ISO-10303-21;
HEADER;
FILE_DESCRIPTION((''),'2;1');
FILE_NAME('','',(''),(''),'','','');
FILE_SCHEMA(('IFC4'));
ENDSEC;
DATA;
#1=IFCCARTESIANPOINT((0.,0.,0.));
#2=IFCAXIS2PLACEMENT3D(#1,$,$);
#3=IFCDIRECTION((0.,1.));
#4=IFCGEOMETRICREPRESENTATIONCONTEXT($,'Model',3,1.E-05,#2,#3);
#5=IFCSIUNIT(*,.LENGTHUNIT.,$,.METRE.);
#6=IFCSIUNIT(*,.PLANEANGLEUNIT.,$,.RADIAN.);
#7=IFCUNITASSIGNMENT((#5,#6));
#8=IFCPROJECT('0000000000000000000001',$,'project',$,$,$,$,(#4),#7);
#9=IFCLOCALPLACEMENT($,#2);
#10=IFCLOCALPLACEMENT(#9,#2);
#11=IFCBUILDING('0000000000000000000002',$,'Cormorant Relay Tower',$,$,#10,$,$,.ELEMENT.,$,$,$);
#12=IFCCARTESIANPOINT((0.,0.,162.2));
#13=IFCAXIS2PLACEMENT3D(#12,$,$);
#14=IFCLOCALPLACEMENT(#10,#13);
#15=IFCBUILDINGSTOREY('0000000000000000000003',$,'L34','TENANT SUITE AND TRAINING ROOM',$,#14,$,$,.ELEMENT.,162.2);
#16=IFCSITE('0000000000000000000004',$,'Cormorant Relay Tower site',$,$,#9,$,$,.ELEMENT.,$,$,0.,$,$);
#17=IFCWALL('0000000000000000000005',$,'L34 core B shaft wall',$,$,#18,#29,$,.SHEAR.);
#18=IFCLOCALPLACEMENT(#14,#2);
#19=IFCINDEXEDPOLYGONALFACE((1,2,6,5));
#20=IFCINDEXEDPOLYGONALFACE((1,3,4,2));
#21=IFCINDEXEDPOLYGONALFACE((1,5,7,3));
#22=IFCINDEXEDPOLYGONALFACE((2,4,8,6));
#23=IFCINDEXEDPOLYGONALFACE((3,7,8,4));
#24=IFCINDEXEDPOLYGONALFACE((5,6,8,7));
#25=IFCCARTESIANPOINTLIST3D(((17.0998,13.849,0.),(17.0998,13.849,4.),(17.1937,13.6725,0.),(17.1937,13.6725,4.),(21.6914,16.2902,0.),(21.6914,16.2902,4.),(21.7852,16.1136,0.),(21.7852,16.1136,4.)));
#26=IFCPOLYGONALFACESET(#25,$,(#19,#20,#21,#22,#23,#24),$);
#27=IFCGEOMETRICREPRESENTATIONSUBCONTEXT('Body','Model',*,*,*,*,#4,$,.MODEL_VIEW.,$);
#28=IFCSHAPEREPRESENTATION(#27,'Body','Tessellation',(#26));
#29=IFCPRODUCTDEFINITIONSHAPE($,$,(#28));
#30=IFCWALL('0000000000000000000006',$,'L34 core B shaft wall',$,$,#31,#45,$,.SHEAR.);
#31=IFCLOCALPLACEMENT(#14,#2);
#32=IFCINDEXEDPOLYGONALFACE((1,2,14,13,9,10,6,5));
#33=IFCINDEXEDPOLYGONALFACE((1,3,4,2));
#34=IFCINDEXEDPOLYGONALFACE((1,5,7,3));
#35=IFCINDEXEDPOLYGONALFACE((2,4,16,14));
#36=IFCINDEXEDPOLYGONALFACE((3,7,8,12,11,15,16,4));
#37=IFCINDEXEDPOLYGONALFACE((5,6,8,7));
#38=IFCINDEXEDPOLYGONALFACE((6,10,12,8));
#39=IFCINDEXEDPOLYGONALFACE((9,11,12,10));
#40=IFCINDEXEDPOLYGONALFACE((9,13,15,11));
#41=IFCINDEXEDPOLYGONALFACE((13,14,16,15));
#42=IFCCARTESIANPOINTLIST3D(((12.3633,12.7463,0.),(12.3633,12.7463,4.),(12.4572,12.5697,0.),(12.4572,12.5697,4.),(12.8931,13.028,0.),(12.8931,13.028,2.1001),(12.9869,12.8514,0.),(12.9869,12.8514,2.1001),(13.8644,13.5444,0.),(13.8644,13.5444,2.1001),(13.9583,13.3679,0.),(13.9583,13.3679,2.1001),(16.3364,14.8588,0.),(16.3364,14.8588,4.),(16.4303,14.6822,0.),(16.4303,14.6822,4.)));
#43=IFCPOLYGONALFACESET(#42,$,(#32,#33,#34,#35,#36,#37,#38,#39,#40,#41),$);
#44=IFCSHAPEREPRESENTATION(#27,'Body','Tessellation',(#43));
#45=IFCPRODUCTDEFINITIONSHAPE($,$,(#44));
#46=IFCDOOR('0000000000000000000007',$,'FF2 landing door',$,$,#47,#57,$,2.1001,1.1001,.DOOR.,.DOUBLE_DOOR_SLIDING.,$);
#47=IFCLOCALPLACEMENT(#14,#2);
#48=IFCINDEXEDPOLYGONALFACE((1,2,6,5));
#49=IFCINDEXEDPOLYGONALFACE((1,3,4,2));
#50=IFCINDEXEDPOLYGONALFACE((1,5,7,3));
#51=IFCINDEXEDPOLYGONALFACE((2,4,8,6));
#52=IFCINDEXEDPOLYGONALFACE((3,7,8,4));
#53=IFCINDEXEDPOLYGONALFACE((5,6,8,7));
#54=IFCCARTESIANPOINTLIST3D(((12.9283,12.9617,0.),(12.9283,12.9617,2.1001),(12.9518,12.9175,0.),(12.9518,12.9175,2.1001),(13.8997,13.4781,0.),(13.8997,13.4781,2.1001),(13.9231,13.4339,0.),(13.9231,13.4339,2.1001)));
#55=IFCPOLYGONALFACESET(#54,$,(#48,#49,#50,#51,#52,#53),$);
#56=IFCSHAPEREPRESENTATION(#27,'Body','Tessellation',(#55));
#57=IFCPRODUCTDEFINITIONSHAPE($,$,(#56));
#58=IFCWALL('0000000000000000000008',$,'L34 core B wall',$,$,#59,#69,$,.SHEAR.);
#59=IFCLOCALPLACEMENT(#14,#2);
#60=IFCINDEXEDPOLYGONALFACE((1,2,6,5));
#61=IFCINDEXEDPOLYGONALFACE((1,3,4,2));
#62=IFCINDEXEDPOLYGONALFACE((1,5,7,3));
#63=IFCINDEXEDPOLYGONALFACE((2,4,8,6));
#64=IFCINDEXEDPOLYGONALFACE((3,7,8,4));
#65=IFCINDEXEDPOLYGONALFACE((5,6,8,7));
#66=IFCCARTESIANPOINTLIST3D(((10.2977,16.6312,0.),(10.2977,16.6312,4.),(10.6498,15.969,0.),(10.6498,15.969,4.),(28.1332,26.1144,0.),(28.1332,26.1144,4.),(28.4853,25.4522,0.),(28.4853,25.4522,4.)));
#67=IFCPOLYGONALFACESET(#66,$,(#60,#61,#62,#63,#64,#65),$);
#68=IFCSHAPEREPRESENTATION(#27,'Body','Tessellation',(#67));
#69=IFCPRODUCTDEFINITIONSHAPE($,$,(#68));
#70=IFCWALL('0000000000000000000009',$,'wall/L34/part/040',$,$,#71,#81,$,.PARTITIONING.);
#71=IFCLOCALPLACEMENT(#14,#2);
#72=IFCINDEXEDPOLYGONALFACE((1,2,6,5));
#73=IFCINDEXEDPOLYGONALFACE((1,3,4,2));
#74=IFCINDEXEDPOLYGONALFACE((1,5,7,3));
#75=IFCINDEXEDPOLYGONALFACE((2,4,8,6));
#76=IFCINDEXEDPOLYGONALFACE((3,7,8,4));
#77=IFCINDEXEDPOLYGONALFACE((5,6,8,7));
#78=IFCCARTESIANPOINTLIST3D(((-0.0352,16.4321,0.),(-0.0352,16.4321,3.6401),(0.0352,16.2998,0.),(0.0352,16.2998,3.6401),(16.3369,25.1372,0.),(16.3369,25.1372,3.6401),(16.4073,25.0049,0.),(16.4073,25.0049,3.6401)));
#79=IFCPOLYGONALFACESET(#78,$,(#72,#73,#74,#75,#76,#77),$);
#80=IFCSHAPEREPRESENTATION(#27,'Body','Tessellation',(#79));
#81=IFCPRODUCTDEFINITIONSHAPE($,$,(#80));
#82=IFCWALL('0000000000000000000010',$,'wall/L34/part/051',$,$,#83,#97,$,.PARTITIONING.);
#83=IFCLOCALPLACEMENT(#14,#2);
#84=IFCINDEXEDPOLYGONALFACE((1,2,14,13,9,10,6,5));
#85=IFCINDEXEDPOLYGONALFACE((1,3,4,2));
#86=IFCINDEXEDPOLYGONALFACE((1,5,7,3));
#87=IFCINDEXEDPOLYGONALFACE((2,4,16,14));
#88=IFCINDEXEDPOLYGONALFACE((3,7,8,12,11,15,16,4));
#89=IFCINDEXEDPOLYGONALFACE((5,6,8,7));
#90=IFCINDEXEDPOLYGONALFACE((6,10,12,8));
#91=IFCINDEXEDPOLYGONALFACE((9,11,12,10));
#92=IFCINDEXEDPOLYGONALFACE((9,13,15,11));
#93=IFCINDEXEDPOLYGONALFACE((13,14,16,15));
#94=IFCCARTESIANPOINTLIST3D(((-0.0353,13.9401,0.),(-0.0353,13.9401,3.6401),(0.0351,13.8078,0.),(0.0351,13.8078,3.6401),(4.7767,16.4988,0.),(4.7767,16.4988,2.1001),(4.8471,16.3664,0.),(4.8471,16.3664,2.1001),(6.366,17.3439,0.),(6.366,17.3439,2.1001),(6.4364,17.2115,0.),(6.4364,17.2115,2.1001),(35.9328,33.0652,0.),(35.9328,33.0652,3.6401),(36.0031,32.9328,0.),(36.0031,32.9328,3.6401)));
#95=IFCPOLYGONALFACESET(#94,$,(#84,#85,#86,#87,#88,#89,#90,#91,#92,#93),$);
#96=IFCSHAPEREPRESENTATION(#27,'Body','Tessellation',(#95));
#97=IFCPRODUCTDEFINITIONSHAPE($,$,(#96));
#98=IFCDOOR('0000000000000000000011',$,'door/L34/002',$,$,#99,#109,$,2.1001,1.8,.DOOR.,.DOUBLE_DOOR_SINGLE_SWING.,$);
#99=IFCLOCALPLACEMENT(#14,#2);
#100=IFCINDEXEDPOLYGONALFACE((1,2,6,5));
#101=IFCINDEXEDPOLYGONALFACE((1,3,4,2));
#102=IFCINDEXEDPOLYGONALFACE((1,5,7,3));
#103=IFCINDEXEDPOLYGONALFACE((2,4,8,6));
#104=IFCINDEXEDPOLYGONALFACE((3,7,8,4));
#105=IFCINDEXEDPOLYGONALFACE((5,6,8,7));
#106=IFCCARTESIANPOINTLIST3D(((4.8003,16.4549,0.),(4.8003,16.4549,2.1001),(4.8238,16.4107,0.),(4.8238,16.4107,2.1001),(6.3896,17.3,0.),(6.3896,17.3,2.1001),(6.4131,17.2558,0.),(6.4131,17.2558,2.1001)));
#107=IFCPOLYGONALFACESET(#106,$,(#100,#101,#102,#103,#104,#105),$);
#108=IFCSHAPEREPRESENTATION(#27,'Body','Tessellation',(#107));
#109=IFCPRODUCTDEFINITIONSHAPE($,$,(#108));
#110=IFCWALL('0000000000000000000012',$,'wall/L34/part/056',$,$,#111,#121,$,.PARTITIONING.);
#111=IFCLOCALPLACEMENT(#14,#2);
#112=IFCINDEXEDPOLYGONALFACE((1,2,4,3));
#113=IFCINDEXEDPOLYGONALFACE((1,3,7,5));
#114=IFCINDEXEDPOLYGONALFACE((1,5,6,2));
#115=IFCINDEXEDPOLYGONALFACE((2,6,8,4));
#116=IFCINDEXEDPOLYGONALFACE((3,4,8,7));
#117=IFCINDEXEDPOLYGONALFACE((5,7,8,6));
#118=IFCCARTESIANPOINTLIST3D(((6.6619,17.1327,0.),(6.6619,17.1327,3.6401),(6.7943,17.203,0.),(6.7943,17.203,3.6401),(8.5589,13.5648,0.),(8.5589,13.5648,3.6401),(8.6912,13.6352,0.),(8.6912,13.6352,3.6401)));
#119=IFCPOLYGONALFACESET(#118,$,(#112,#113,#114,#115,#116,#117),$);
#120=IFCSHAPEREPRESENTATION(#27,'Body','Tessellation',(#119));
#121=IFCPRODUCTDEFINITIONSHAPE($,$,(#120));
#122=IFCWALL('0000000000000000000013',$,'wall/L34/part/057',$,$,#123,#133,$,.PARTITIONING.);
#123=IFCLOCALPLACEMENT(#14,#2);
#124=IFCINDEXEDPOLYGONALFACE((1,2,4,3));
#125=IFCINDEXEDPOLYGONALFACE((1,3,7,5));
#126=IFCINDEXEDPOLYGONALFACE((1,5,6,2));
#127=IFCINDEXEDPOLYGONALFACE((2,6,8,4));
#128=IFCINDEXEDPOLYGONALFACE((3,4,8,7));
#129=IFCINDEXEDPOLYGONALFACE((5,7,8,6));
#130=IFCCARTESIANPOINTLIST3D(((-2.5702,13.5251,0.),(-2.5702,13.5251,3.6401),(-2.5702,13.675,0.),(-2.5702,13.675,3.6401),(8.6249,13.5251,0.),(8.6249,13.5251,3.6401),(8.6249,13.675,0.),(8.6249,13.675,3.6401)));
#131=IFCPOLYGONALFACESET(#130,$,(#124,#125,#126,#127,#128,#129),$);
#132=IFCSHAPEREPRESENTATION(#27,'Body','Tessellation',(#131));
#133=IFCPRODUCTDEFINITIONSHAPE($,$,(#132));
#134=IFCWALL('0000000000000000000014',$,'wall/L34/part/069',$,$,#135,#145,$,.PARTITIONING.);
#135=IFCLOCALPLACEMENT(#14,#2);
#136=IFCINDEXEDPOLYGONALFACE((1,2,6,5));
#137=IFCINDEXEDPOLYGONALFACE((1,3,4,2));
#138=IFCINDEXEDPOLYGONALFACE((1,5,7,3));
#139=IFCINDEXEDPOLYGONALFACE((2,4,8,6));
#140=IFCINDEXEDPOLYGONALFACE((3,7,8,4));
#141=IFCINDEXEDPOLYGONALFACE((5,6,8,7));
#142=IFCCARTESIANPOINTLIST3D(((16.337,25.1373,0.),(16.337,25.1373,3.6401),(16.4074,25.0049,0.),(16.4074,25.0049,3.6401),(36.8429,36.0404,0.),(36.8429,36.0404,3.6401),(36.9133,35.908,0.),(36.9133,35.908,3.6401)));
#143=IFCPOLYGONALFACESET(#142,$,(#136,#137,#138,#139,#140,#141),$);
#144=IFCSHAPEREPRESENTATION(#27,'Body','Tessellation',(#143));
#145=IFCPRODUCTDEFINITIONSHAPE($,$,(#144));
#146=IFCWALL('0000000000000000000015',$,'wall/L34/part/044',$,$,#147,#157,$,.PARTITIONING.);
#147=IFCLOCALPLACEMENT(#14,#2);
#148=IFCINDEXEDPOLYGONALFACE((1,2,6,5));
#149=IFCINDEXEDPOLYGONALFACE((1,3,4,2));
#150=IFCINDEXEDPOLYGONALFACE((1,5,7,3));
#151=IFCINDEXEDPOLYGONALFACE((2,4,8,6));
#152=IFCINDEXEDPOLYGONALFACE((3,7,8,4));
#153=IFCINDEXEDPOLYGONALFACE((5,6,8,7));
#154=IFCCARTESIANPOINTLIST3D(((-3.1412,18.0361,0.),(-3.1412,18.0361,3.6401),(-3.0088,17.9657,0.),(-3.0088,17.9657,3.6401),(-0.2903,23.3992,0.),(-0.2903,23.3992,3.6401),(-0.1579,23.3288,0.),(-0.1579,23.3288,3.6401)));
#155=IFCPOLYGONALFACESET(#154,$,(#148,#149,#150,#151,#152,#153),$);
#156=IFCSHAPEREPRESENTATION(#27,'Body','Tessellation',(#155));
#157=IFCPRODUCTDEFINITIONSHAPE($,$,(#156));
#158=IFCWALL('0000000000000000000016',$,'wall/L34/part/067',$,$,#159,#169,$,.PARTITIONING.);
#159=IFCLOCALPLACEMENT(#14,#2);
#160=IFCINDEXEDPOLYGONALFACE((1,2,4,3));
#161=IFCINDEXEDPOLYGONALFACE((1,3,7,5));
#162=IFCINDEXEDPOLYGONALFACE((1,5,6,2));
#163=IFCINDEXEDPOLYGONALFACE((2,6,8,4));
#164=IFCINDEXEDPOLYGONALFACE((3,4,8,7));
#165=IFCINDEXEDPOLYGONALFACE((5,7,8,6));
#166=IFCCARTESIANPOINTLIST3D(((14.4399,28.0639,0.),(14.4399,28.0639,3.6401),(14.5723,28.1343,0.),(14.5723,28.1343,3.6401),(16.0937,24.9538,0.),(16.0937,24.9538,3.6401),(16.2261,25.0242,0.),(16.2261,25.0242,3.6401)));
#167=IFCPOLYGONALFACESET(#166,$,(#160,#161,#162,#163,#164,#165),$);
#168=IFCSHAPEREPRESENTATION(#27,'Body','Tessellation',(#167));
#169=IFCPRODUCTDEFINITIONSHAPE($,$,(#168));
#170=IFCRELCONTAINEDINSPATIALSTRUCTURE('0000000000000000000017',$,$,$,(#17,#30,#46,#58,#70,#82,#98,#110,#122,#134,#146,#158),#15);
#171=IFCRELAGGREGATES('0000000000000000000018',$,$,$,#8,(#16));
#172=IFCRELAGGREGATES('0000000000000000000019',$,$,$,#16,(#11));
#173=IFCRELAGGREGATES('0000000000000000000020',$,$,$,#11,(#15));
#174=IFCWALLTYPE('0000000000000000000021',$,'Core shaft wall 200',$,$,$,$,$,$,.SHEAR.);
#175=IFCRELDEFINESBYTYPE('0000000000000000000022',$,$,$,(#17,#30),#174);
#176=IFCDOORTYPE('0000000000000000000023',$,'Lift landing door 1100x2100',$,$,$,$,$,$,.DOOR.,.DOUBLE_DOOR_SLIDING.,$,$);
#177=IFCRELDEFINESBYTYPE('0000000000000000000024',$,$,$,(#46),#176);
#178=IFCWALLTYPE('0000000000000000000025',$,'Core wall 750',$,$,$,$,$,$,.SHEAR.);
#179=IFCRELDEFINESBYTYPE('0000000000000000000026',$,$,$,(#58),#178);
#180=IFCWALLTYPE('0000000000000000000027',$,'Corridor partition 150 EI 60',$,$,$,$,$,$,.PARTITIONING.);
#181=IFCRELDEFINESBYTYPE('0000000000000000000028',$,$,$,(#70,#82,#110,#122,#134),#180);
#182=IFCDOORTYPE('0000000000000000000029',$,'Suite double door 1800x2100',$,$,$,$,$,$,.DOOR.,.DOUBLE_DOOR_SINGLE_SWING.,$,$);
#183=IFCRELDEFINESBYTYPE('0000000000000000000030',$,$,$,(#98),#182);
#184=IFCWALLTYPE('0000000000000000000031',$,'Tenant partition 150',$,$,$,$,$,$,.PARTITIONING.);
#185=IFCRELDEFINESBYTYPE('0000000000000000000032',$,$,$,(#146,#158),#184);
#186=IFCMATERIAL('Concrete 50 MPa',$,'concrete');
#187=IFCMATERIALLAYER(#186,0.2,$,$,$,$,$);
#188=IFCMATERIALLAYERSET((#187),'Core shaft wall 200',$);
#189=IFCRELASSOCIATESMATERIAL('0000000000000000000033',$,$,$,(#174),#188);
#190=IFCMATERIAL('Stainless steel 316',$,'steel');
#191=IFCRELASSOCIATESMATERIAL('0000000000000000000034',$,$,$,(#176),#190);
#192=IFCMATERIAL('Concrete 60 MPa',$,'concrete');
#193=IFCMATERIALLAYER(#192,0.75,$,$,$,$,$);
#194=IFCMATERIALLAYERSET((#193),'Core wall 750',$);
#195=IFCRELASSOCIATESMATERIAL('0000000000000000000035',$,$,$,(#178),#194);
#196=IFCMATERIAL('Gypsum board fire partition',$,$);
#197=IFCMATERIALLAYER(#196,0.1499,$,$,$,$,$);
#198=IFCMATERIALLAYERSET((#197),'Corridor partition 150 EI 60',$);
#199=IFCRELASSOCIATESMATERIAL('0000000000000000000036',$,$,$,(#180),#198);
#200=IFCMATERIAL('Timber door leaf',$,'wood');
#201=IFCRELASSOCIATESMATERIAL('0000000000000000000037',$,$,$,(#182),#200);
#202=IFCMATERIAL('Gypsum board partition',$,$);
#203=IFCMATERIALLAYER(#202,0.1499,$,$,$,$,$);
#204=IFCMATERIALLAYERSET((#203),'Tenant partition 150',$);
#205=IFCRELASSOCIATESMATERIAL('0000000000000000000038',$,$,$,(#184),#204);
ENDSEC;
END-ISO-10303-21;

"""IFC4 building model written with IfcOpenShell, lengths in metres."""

from ifc_helpers import new_model, si_unit, direction, frame, frame_2d, origin, place, context, subcontext, project, spatial, rectangle, extrude, material, layer, layer_set, type_object, element, fill, save


model = new_model("IFC4")

# Units and contexts
model_context = context("Model", 3, precision=1e-05, world=origin(), true_north=direction((0.0, 1.0)))
body_context = subcontext(model_context, "Body", "Model", "MODEL_VIEW")
ifc_project = project(units=[si_unit("LENGTHUNIT", "METRE"), si_unit("PLANEANGLEUNIT", "RADIAN")], contexts=[model_context])

# Site, building, storey
site_placement = place(None, origin())
site = spatial("IfcSite", under=ifc_project, at=site_placement, Name="Cormorant Relay Tower site", CompositionType="ELEMENT", RefElevation=0.0)
building_placement = place(site_placement, origin())
building = spatial("IfcBuilding", under=site, at=building_placement, Name="Cormorant Relay Tower", CompositionType="ELEMENT")
storey_placement = place(building_placement, frame((0.0, 0.0, 162.2)))
storey = spatial("IfcBuildingStorey", under=building, at=storey_placement, Name="L34", Description="TENANT SUITE AND TRAINING ROOM", CompositionType="ELEMENT", Elevation=162.2)

# Wall
ifc_material_1 = material(Name="Concrete 50 MPa", Category="concrete")
ifc_layer_1 = layer(ifc_material_1, 0.2)
ifc_layer_set_1 = layer_set([ifc_layer_1], Name="Core shaft wall 200")
wall_type_1 = type_object("IfcWallType", Name="Core shaft wall 200", PredefinedType="SHEAR", material=ifc_layer_set_1)
wall_1_placement = place(storey_placement, frame((17.1467, 13.7607, 0.0), z_axis=(0.0, 0.0, 1.0), x_axis=(0.882964, 0.46944, 0.0)))
element("IfcWall", 1, at=wall_1_placement, inside=storey, type_object=wall_type_1, Name="L34 core B shaft wall", PredefinedType="SHEAR", context=body_context, shape_type="SweptSolid", body=[
    extrude(rectangle(XDim=5.2002, YDim=0.2, at=frame_2d((2.6001, 0.0))), origin(), (0.0, 0.0, 1.0), 4.0),
])

# Wall, opening, door
wall_2_placement = place(storey_placement, frame((12.4102, 12.658, 0.0), z_axis=(0.0, 0.0, 1.0), x_axis=(0.882948, 0.46947, 0.0)))
wall_2 = element("IfcWall", 2, at=wall_2_placement, inside=storey, type_object=wall_type_1, Name="L34 core B shaft wall", PredefinedType="SHEAR", context=body_context, shape_type="SweptSolid", body=[
    extrude(rectangle(XDim=4.4998, YDim=0.2, at=frame_2d((2.25, 0.0))), origin(), (0.0, 0.0, 1.0), 4.0),
])
opening_1_placement = place(wall_2_placement, frame((0.6001, 0.0, 0.0)))
opening_1 = element("IfcOpeningElement", 3, at=opening_1_placement, cuts=wall_2, PredefinedType="OPENING", context=body_context, shape_type="SweptSolid", body=[
    extrude(rectangle(XDim=1.1001, YDim=2.1001, at=frame_2d((0.55, 1.05))), frame((0.0, 0.1099, 0.0), z_axis=(0.0, -1.0, 0.0), x_axis=(1.0, 0.0, 0.0)), (0.0, 0.0, 1.0), 0.22),
])
ifc_material_2 = material(Name="Stainless steel 316", Category="steel")
door_type_1 = type_object("IfcDoorType", Name="Lift landing door 1100x2100", OperationType="DOUBLE_DOOR_SLIDING", PredefinedType="DOOR", material=ifc_material_2)
door_1_placement = place(opening_1_placement, origin())
door_1 = element("IfcDoor", 4, at=door_1_placement, inside=storey, type_object=door_type_1, Name="FF2 landing door", OperationType="DOUBLE_DOOR_SLIDING", OverallHeight=2.1001, OverallWidth=1.1001, PredefinedType="DOOR", context=body_context, shape_type="SweptSolid", body=[
    extrude(rectangle(XDim=1.1001, YDim=2.1001, at=frame_2d((0.55, 1.05))), frame((0.0, 0.0249, 0.0), z_axis=(0.0, -1.0, 0.0), x_axis=(1.0, 0.0, 0.0)), (0.0, 0.0, 1.0), 0.05),
])
fill(opening_1, door_1)

# Walls
ifc_material_3 = material(Name="Concrete 60 MPa", Category="concrete")
ifc_layer_2 = layer(ifc_material_3, 0.75)
ifc_layer_set_2 = layer_set([ifc_layer_2], Name="Core wall 750")
wall_type_2 = type_object("IfcWallType", Name="Core wall 750", PredefinedType="SHEAR", material=ifc_layer_set_2)
wall_3_placement = place(storey_placement, frame((10.4736, 16.3, 0.0), z_axis=(0.0, 0.0, 1.0), x_axis=(0.88295, 0.469467, 0.0)))
element("IfcWall", 5, at=wall_3_placement, inside=storey, type_object=wall_type_2, Name="L34 core B wall", PredefinedType="SHEAR", context=body_context, shape_type="SweptSolid", body=[
    extrude(rectangle(XDim=20.2, YDim=0.75, at=frame_2d((10.1001, 0.0))), origin(), (0.0, 0.0, 1.0), 4.0),
])
ifc_material_4 = material(Name="Gypsum board fire partition")
ifc_layer_3 = layer(ifc_material_4, 0.1499)
ifc_layer_set_3 = layer_set([ifc_layer_3], Name="Corridor partition 150 EI 60")
wall_type_3 = type_object("IfcWallType", Name="Corridor partition 150 EI 60", PredefinedType="PARTITIONING", material=ifc_layer_set_3)
wall_4_placement = place(storey_placement, frame((0.0, 16.366, 0.0), z_axis=(0.0, 0.0, 1.0), x_axis=(0.88295, 0.469467, 0.0)))
element("IfcWall", 6, at=wall_4_placement, inside=storey, type_object=wall_type_3, Name="wall/L34/part/040", PredefinedType="PARTITIONING", context=body_context, shape_type="SweptSolid", body=[
    extrude(rectangle(XDim=18.5425, YDim=0.1499, at=frame_2d((9.2712, 0.0))), origin(), (0.0, 0.0, 1.0), 3.6401),
])

# Wall, opening, door
wall_5_placement = place(storey_placement, frame((0.0, 13.874, 0.0), z_axis=(0.0, 0.0, 1.0), x_axis=(0.882943, 0.46948, 0.0)))
wall_5 = element("IfcWall", 7, at=wall_5_placement, inside=storey, type_object=wall_type_3, Name="wall/L34/part/051", PredefinedType="PARTITIONING", context=body_context, shape_type="SweptSolid", body=[
    extrude(rectangle(XDim=40.7366, YDim=0.1499, at=frame_2d((20.3682, 0.0))), origin(), (0.0, 0.0, 1.0), 3.6401),
])
opening_2_placement = place(wall_5_placement, frame((5.45, 0.0, 0.0)))
opening_2 = element("IfcOpeningElement", 8, at=opening_2_placement, cuts=wall_5, PredefinedType="OPENING", context=body_context, shape_type="SweptSolid", body=[
    extrude(rectangle(XDim=1.8, YDim=2.1001, at=frame_2d((0.8999, 1.05))), frame((0.0, 0.085, 0.0), z_axis=(0.0, -1.0, 0.0), x_axis=(1.0, 0.0, 0.0)), (0.0, 0.0, 1.0), 0.1699),
])
ifc_material_5 = material(Name="Timber door leaf", Category="wood")
door_type_2 = type_object("IfcDoorType", Name="Suite double door 1800x2100", OperationType="DOUBLE_DOOR_SINGLE_SWING", PredefinedType="DOOR", material=ifc_material_5)
door_2_placement = place(opening_2_placement, frame((1.8, 0.0, 0.0), z_axis=(0.0, 0.0, 1.0), x_axis=(-1.0, 0.0, 0.0)))
door_2 = element("IfcDoor", 9, at=door_2_placement, inside=storey, type_object=door_type_2, Name="door/L34/002", OperationType="DOUBLE_DOOR_SINGLE_SWING", OverallHeight=2.1001, OverallWidth=1.8, PredefinedType="DOOR", context=body_context, shape_type="SweptSolid", body=[
    extrude(rectangle(XDim=1.8, YDim=2.1001, at=frame_2d((0.8999, 1.05))), frame((0.0, 0.0249, 0.0), z_axis=(0.0, -1.0, 0.0), x_axis=(1.0, 0.0, 0.0)), (0.0, 0.0, 1.0), 0.05),
])
fill(opening_2, door_2)

# Walls
wall_6_placement = place(storey_placement, frame((6.728, 17.168, 0.0), z_axis=(0.0, 0.0, 1.0), x_axis=(0.469453, -0.882958, 0.0)))
element("IfcWall", 10, at=wall_6_placement, inside=storey, type_object=wall_type_3, Name="wall/L34/part/056", PredefinedType="PARTITIONING", context=body_context, shape_type="SweptSolid", body=[
    extrude(rectangle(XDim=4.0408, YDim=0.1499, at=frame_2d((2.0205, 0.0))), origin(), (0.0, 0.0, 1.0), 3.6401),
])
wall_7_placement = place(storey_placement, frame((8.625, 13.6001, 0.0), z_axis=(0.0, 0.0, 1.0), x_axis=(-1.0, 0.0, 0.0)))
element("IfcWall", 11, at=wall_7_placement, inside=storey, type_object=wall_type_3, Name="wall/L34/part/057", PredefinedType="PARTITIONING", context=body_context, shape_type="SweptSolid", body=[
    extrude(rectangle(XDim=11.1951, YDim=0.1499, at=frame_2d((5.5977, 0.0))), origin(), (0.0, 0.0, 1.0), 3.6401),
])
wall_8_placement = place(storey_placement, frame((16.3721, 25.071, 0.0), z_axis=(0.0, 0.0, 1.0), x_axis=(0.882949, 0.469469, 0.0)))
element("IfcWall", 12, at=wall_8_placement, inside=storey, type_object=wall_type_3, Name="wall/L34/part/069", PredefinedType="PARTITIONING", context=body_context, shape_type="SweptSolid", body=[
    extrude(rectangle(XDim=23.2244, YDim=0.1499, at=frame_2d((11.6123, 0.0))), origin(), (0.0, 0.0, 1.0), 3.6401),
])
ifc_material_6 = material(Name="Gypsum board partition")
ifc_layer_4 = layer(ifc_material_6, 0.1499)
ifc_layer_set_4 = layer_set([ifc_layer_4], Name="Tenant partition 150")
wall_type_4 = type_object("IfcWallType", Name="Tenant partition 150", PredefinedType="PARTITIONING", material=ifc_layer_set_4)
wall_9_placement = place(storey_placement, frame((-0.2241, 23.364, 0.0), z_axis=(0.0, 0.0, 1.0), x_axis=(-0.469376, -0.882999, 0.0)))
element("IfcWall", 13, at=wall_9_placement, inside=storey, type_object=wall_type_4, Name="wall/L34/part/044", PredefinedType="PARTITIONING", context=body_context, shape_type="SweptSolid", body=[
    extrude(rectangle(XDim=6.0737, YDim=0.1499, at=frame_2d((3.0369, 0.0))), origin(), (0.0, 0.0, 1.0), 3.6401),
])
wall_10_placement = place(storey_placement, frame((14.5061, 28.0991, 0.0), z_axis=(0.0, 0.0, 1.0), x_axis=(0.469501, -0.882932, 0.0)))
element("IfcWall", 14, at=wall_10_placement, inside=storey, type_object=wall_type_4, Name="wall/L34/part/067", PredefinedType="PARTITIONING", context=body_context, shape_type="SweptSolid", body=[
    extrude(rectangle(XDim=3.5225, YDim=0.1499, at=frame_2d((1.7612, 0.0))), origin(), (0.0, 0.0, 1.0), 3.6401),
])

save(model, "model.ifc")
